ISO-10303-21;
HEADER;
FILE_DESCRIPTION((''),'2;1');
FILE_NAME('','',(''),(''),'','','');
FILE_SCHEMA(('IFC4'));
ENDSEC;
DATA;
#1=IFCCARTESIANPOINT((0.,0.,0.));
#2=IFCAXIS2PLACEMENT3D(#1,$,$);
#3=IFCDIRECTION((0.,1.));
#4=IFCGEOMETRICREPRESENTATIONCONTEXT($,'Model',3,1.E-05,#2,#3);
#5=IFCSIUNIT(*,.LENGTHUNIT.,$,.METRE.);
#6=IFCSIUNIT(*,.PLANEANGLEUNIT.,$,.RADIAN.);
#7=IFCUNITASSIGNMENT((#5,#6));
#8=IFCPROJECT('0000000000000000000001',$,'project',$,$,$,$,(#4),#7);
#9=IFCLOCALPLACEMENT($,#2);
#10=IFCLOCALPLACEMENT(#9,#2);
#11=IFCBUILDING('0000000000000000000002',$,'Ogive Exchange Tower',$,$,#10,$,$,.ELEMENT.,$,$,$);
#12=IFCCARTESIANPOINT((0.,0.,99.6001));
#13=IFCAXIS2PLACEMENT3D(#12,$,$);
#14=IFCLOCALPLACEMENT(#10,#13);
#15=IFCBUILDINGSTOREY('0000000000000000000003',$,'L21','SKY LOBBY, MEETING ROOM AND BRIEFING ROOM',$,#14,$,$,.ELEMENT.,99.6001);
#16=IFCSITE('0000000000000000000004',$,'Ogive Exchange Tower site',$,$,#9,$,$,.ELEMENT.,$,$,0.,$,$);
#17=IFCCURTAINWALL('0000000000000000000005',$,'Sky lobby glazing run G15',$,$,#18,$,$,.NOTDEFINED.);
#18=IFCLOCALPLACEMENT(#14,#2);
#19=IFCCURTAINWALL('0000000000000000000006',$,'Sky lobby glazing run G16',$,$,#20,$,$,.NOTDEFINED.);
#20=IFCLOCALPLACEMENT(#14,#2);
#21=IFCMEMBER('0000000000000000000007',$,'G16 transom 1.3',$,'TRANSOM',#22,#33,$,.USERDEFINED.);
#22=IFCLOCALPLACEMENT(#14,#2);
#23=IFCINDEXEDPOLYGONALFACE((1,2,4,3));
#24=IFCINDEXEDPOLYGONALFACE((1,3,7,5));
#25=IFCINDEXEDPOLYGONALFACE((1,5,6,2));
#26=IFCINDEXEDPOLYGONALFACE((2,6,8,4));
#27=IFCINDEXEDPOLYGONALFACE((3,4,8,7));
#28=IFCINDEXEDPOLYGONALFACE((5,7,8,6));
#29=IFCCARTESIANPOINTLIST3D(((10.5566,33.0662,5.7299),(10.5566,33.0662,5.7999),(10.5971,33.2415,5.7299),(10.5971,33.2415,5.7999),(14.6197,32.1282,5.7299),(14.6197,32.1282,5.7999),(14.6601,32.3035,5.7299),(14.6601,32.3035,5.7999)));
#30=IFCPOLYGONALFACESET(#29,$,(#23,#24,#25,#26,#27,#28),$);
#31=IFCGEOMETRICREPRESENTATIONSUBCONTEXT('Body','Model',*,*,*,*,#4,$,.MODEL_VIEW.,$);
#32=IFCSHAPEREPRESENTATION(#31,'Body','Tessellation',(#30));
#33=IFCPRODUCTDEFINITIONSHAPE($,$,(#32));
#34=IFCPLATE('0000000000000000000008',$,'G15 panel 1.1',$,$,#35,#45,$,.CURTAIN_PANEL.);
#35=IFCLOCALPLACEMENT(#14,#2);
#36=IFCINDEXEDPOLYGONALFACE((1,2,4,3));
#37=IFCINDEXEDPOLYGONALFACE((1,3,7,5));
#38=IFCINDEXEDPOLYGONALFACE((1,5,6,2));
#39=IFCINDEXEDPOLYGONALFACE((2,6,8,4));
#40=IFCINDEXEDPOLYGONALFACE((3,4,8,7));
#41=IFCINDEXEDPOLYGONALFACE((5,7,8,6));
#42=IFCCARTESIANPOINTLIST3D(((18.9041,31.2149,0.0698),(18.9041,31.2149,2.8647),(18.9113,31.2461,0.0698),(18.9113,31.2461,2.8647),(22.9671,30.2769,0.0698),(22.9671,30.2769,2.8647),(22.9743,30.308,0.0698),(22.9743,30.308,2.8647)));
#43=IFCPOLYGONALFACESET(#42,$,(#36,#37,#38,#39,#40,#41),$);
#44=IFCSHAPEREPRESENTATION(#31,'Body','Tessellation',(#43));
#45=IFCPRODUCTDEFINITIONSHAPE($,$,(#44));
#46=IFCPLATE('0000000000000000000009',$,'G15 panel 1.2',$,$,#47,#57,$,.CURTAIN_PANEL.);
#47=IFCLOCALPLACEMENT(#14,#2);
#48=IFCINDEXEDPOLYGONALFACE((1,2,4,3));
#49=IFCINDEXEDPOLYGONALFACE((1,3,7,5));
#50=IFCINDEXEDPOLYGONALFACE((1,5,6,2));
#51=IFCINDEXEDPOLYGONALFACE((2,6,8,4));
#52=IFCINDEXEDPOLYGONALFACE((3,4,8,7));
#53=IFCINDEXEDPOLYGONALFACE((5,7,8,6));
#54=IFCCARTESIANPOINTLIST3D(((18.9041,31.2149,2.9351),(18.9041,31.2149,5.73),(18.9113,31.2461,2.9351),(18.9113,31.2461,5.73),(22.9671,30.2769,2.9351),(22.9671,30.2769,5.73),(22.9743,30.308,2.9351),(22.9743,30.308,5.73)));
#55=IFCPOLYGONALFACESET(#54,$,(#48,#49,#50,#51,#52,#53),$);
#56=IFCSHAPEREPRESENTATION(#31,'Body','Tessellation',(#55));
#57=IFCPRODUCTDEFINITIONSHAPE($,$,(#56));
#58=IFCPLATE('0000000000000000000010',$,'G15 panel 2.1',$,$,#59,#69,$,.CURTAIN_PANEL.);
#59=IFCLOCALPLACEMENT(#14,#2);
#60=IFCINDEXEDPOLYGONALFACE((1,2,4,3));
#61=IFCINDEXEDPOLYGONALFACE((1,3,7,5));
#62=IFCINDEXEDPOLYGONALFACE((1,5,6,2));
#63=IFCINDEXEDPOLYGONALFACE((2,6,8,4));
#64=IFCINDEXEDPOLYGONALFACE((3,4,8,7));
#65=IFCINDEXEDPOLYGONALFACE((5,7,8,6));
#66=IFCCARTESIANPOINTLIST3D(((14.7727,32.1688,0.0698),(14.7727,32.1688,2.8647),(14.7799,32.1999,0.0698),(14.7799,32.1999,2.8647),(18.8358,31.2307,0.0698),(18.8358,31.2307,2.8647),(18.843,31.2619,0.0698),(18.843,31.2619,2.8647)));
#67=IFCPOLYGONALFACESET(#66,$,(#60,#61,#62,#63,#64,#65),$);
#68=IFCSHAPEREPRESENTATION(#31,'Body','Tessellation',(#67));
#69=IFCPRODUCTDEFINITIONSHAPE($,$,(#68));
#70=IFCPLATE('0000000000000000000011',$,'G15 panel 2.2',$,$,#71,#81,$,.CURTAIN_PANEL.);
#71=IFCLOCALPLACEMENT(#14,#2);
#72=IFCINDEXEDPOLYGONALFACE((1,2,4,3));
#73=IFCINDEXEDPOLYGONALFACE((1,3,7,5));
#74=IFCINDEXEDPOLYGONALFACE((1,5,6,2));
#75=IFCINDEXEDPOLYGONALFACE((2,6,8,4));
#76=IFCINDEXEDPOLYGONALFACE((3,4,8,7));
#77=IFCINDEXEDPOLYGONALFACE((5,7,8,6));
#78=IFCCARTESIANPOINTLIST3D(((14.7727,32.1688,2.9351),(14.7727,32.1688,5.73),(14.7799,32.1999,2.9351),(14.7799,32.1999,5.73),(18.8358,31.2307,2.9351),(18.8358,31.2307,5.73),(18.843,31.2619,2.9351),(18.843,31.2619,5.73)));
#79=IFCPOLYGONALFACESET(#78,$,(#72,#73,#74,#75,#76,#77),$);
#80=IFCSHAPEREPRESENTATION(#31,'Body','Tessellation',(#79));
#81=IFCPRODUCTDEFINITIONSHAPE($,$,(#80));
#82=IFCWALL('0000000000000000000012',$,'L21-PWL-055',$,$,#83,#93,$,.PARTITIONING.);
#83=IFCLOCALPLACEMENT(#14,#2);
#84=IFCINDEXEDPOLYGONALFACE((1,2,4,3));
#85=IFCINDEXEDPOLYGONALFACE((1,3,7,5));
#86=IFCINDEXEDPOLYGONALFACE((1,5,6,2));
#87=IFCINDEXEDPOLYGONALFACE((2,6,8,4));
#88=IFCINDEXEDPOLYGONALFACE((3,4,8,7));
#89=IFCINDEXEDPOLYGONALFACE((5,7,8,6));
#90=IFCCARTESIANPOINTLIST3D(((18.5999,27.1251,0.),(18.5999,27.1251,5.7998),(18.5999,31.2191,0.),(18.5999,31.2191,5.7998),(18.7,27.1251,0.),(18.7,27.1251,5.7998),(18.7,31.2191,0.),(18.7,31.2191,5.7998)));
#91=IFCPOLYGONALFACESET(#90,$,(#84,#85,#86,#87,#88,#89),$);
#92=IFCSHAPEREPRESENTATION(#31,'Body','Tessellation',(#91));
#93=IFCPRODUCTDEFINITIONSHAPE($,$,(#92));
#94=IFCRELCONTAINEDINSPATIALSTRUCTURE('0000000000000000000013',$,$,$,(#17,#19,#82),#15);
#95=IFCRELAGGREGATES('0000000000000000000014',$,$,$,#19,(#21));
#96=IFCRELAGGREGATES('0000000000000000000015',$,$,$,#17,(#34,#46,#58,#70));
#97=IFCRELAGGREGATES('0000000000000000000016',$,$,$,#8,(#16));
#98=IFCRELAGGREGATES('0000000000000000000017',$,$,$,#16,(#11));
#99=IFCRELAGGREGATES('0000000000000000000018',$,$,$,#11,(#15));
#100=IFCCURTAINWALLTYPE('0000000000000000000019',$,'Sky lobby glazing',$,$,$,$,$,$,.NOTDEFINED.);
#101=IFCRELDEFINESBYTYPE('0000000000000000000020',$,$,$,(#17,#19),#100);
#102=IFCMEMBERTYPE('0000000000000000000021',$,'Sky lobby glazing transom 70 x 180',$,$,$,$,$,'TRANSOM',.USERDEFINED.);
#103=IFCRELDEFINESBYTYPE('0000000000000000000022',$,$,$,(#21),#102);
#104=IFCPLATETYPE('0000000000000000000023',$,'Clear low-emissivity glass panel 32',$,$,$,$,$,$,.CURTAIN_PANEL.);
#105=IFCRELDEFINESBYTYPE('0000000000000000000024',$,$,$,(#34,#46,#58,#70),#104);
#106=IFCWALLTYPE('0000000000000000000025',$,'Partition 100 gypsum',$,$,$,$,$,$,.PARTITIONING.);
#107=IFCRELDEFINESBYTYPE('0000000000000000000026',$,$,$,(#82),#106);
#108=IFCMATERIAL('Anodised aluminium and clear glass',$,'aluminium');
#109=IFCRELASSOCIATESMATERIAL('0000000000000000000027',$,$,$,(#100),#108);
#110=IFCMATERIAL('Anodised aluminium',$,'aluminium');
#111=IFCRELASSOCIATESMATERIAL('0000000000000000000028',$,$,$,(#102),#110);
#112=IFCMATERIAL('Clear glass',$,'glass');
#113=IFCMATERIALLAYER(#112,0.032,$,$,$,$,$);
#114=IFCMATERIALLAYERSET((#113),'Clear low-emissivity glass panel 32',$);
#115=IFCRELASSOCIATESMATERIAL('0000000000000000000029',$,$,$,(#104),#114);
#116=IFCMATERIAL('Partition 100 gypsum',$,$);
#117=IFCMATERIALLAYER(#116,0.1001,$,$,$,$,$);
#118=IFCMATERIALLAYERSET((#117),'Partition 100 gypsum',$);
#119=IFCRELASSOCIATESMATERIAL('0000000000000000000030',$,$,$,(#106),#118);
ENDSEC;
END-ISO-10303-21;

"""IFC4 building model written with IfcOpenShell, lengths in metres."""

from ifc_helpers import new_model, si_unit, direction, frame, frame_2d, origin, origin_2d, place, context, subcontext, project, spatial, rectangle, extrude, material, layer, layer_set, material_profile, profile_set, type_object, element, aggregate, save


model = new_model("IFC4")

# Units and contexts
model_context = context("Model", 3, precision=1e-05, world=origin(), true_north=direction((0.0, 1.0)))
body_context = subcontext(model_context, "Body", "Model", "MODEL_VIEW")
ifc_project = project(units=[si_unit("LENGTHUNIT", "METRE"), si_unit("PLANEANGLEUNIT", "RADIAN")], contexts=[model_context])

# Site, building, storey
site_placement = place(None, origin())
site = spatial("IfcSite", under=ifc_project, at=site_placement, Name="Ogive Exchange Tower site", CompositionType="ELEMENT", RefElevation=0.0)
building_placement = place(site_placement, origin())
building = spatial("IfcBuilding", under=site, at=building_placement, Name="Ogive Exchange Tower", CompositionType="ELEMENT")
storey_placement = place(building_placement, frame((0.0, 0.0, 99.6001)))
storey = spatial("IfcBuildingStorey", under=building, at=storey_placement, Name="L21", Description="SKY LOBBY, MEETING ROOM AND BRIEFING ROOM", CompositionType="ELEMENT", Elevation=99.6001)

# Curtain wall
ifc_material_1 = material(Name="Anodised aluminium and clear glass", Category="aluminium")
curtain_wall_type = type_object("IfcCurtainWallType", Name="Sky lobby glazing", PredefinedType="NOTDEFINED", material=ifc_material_1)
curtain_wall_1_placement = place(storey_placement, origin())
curtain_wall_1 = element("IfcCurtainWall", 1, at=curtain_wall_1_placement, inside=storey, type_object=curtain_wall_type, Name="Sky lobby glazing run G15", PredefinedType="NOTDEFINED")
ifc_material_2 = material(Name="Anodised aluminium", Category="aluminium")

# Curtain wall
curtain_wall_2_placement = place(storey_placement, origin())
curtain_wall_2 = element("IfcCurtainWall", 2, at=curtain_wall_2_placement, inside=storey, type_object=curtain_wall_type, Name="Sky lobby glazing run G16", PredefinedType="NOTDEFINED")

# Member
ifc_material_profile_1 = material_profile(ifc_material_2, rectangle(XDim=0.1799, YDim=0.0701, at=origin_2d()), Name="AL 70x180")
ifc_profile_set_1 = profile_set([ifc_material_profile_1], Name="Anodised aluminium")
member_type_1 = type_object("IfcMemberType", Name="Sky lobby glazing transom 70 x 180", ElementType="TRANSOM", PredefinedType="USERDEFINED", material=ifc_profile_set_1)
member_1_placement = place(storey_placement, frame((14.6399, 32.2158, 5.7649), z_axis=(-0.974371, 0.224945, 0.0), x_axis=(-0.224945, -0.974371, 0.0)))
member_1 = element("IfcMember", 3, at=member_1_placement, type_object=member_type_1, Name="G16 transom 1.3", ObjectType="TRANSOM", PredefinedType="USERDEFINED", context=body_context, shape_type="SweptSolid", body=[
    extrude(rectangle(XDim=0.1799, YDim=0.0701, at=origin_2d()), origin(), (0.0, 0.0, 1.0), 4.1699),
])
aggregate(curtain_wall_2, [member_1])

# Plates
ifc_material_3 = material(Name="Clear glass", Category="glass")
ifc_layer_1 = layer(ifc_material_3, 0.032)
ifc_layer_set_1 = layer_set([ifc_layer_1], Name="Clear low-emissivity glass panel 32")
plate_type = type_object("IfcPlateType", Name="Clear low-emissivity glass panel 32", PredefinedType="CURTAIN_PANEL", material=ifc_layer_set_1)
plate_1_placement = place(storey_placement, frame((20.9392, 30.7615, 0.0698), z_axis=(0.0, 0.0, 1.0), x_axis=(-0.974369, 0.224958, 0.0)))
plate_1 = element("IfcPlate", 4, at=plate_1_placement, type_object=plate_type, Name="G15 panel 1.1", PredefinedType="CURTAIN_PANEL", context=body_context, shape_type="SweptSolid", body=[
    extrude(rectangle(XDim=4.1699, YDim=0.032, at=origin_2d()), origin(), (0.0, 0.0, 1.0), 2.7949),
])
plate_2_placement = place(storey_placement, frame((20.9392, 30.7615, 2.9351), z_axis=(0.0, 0.0, 1.0), x_axis=(-0.974369, 0.224958, 0.0)))
plate_2 = element("IfcPlate", 5, at=plate_2_placement, type_object=plate_type, Name="G15 panel 1.2", PredefinedType="CURTAIN_PANEL", context=body_context, shape_type="SweptSolid", body=[
    extrude(rectangle(XDim=4.1699, YDim=0.032, at=origin_2d()), origin(), (0.0, 0.0, 1.0), 2.7949),
])
plate_3_placement = place(storey_placement, frame((16.8079, 31.7153, 0.0698), z_axis=(0.0, 0.0, 1.0), x_axis=(-0.974369, 0.224958, 0.0)))
plate_3 = element("IfcPlate", 6, at=plate_3_placement, type_object=plate_type, Name="G15 panel 2.1", PredefinedType="CURTAIN_PANEL", context=body_context, shape_type="SweptSolid", body=[
    extrude(rectangle(XDim=4.1699, YDim=0.032, at=origin_2d()), origin(), (0.0, 0.0, 1.0), 2.7949),
])
plate_4_placement = place(storey_placement, frame((16.8079, 31.7153, 2.9351), z_axis=(0.0, 0.0, 1.0), x_axis=(-0.974369, 0.224958, 0.0)))
plate_4 = element("IfcPlate", 7, at=plate_4_placement, type_object=plate_type, Name="G15 panel 2.2", PredefinedType="CURTAIN_PANEL", context=body_context, shape_type="SweptSolid", body=[
    extrude(rectangle(XDim=4.1699, YDim=0.032, at=origin_2d()), origin(), (0.0, 0.0, 1.0), 2.7949),
])
aggregate(curtain_wall_1, [plate_1, plate_2, plate_3, plate_4])

# Wall
ifc_material_4 = material(Name="Partition 100 gypsum")
ifc_layer_2 = layer(ifc_material_4, 0.1001)
ifc_layer_set_2 = layer_set([ifc_layer_2], Name="Partition 100 gypsum")
wall_type = type_object("IfcWallType", Name="Partition 100 gypsum", PredefinedType="PARTITIONING", material=ifc_layer_set_2)
wall_placement = place(storey_placement, frame((18.6499, 31.219, 0.0), z_axis=(0.0, 0.0, 1.0), x_axis=(0.0, -1.0, 0.0)))
element("IfcWall", 8, at=wall_placement, inside=storey, type_object=wall_type, Name="L21-PWL-055", PredefinedType="PARTITIONING", context=body_context, shape_type="SweptSolid", body=[
    extrude(rectangle(XDim=4.094, YDim=0.1001, at=frame_2d((2.0469, 0.0))), origin(), (0.0, 0.0, 1.0), 5.7998),
])

save(model, "model.ifc")
